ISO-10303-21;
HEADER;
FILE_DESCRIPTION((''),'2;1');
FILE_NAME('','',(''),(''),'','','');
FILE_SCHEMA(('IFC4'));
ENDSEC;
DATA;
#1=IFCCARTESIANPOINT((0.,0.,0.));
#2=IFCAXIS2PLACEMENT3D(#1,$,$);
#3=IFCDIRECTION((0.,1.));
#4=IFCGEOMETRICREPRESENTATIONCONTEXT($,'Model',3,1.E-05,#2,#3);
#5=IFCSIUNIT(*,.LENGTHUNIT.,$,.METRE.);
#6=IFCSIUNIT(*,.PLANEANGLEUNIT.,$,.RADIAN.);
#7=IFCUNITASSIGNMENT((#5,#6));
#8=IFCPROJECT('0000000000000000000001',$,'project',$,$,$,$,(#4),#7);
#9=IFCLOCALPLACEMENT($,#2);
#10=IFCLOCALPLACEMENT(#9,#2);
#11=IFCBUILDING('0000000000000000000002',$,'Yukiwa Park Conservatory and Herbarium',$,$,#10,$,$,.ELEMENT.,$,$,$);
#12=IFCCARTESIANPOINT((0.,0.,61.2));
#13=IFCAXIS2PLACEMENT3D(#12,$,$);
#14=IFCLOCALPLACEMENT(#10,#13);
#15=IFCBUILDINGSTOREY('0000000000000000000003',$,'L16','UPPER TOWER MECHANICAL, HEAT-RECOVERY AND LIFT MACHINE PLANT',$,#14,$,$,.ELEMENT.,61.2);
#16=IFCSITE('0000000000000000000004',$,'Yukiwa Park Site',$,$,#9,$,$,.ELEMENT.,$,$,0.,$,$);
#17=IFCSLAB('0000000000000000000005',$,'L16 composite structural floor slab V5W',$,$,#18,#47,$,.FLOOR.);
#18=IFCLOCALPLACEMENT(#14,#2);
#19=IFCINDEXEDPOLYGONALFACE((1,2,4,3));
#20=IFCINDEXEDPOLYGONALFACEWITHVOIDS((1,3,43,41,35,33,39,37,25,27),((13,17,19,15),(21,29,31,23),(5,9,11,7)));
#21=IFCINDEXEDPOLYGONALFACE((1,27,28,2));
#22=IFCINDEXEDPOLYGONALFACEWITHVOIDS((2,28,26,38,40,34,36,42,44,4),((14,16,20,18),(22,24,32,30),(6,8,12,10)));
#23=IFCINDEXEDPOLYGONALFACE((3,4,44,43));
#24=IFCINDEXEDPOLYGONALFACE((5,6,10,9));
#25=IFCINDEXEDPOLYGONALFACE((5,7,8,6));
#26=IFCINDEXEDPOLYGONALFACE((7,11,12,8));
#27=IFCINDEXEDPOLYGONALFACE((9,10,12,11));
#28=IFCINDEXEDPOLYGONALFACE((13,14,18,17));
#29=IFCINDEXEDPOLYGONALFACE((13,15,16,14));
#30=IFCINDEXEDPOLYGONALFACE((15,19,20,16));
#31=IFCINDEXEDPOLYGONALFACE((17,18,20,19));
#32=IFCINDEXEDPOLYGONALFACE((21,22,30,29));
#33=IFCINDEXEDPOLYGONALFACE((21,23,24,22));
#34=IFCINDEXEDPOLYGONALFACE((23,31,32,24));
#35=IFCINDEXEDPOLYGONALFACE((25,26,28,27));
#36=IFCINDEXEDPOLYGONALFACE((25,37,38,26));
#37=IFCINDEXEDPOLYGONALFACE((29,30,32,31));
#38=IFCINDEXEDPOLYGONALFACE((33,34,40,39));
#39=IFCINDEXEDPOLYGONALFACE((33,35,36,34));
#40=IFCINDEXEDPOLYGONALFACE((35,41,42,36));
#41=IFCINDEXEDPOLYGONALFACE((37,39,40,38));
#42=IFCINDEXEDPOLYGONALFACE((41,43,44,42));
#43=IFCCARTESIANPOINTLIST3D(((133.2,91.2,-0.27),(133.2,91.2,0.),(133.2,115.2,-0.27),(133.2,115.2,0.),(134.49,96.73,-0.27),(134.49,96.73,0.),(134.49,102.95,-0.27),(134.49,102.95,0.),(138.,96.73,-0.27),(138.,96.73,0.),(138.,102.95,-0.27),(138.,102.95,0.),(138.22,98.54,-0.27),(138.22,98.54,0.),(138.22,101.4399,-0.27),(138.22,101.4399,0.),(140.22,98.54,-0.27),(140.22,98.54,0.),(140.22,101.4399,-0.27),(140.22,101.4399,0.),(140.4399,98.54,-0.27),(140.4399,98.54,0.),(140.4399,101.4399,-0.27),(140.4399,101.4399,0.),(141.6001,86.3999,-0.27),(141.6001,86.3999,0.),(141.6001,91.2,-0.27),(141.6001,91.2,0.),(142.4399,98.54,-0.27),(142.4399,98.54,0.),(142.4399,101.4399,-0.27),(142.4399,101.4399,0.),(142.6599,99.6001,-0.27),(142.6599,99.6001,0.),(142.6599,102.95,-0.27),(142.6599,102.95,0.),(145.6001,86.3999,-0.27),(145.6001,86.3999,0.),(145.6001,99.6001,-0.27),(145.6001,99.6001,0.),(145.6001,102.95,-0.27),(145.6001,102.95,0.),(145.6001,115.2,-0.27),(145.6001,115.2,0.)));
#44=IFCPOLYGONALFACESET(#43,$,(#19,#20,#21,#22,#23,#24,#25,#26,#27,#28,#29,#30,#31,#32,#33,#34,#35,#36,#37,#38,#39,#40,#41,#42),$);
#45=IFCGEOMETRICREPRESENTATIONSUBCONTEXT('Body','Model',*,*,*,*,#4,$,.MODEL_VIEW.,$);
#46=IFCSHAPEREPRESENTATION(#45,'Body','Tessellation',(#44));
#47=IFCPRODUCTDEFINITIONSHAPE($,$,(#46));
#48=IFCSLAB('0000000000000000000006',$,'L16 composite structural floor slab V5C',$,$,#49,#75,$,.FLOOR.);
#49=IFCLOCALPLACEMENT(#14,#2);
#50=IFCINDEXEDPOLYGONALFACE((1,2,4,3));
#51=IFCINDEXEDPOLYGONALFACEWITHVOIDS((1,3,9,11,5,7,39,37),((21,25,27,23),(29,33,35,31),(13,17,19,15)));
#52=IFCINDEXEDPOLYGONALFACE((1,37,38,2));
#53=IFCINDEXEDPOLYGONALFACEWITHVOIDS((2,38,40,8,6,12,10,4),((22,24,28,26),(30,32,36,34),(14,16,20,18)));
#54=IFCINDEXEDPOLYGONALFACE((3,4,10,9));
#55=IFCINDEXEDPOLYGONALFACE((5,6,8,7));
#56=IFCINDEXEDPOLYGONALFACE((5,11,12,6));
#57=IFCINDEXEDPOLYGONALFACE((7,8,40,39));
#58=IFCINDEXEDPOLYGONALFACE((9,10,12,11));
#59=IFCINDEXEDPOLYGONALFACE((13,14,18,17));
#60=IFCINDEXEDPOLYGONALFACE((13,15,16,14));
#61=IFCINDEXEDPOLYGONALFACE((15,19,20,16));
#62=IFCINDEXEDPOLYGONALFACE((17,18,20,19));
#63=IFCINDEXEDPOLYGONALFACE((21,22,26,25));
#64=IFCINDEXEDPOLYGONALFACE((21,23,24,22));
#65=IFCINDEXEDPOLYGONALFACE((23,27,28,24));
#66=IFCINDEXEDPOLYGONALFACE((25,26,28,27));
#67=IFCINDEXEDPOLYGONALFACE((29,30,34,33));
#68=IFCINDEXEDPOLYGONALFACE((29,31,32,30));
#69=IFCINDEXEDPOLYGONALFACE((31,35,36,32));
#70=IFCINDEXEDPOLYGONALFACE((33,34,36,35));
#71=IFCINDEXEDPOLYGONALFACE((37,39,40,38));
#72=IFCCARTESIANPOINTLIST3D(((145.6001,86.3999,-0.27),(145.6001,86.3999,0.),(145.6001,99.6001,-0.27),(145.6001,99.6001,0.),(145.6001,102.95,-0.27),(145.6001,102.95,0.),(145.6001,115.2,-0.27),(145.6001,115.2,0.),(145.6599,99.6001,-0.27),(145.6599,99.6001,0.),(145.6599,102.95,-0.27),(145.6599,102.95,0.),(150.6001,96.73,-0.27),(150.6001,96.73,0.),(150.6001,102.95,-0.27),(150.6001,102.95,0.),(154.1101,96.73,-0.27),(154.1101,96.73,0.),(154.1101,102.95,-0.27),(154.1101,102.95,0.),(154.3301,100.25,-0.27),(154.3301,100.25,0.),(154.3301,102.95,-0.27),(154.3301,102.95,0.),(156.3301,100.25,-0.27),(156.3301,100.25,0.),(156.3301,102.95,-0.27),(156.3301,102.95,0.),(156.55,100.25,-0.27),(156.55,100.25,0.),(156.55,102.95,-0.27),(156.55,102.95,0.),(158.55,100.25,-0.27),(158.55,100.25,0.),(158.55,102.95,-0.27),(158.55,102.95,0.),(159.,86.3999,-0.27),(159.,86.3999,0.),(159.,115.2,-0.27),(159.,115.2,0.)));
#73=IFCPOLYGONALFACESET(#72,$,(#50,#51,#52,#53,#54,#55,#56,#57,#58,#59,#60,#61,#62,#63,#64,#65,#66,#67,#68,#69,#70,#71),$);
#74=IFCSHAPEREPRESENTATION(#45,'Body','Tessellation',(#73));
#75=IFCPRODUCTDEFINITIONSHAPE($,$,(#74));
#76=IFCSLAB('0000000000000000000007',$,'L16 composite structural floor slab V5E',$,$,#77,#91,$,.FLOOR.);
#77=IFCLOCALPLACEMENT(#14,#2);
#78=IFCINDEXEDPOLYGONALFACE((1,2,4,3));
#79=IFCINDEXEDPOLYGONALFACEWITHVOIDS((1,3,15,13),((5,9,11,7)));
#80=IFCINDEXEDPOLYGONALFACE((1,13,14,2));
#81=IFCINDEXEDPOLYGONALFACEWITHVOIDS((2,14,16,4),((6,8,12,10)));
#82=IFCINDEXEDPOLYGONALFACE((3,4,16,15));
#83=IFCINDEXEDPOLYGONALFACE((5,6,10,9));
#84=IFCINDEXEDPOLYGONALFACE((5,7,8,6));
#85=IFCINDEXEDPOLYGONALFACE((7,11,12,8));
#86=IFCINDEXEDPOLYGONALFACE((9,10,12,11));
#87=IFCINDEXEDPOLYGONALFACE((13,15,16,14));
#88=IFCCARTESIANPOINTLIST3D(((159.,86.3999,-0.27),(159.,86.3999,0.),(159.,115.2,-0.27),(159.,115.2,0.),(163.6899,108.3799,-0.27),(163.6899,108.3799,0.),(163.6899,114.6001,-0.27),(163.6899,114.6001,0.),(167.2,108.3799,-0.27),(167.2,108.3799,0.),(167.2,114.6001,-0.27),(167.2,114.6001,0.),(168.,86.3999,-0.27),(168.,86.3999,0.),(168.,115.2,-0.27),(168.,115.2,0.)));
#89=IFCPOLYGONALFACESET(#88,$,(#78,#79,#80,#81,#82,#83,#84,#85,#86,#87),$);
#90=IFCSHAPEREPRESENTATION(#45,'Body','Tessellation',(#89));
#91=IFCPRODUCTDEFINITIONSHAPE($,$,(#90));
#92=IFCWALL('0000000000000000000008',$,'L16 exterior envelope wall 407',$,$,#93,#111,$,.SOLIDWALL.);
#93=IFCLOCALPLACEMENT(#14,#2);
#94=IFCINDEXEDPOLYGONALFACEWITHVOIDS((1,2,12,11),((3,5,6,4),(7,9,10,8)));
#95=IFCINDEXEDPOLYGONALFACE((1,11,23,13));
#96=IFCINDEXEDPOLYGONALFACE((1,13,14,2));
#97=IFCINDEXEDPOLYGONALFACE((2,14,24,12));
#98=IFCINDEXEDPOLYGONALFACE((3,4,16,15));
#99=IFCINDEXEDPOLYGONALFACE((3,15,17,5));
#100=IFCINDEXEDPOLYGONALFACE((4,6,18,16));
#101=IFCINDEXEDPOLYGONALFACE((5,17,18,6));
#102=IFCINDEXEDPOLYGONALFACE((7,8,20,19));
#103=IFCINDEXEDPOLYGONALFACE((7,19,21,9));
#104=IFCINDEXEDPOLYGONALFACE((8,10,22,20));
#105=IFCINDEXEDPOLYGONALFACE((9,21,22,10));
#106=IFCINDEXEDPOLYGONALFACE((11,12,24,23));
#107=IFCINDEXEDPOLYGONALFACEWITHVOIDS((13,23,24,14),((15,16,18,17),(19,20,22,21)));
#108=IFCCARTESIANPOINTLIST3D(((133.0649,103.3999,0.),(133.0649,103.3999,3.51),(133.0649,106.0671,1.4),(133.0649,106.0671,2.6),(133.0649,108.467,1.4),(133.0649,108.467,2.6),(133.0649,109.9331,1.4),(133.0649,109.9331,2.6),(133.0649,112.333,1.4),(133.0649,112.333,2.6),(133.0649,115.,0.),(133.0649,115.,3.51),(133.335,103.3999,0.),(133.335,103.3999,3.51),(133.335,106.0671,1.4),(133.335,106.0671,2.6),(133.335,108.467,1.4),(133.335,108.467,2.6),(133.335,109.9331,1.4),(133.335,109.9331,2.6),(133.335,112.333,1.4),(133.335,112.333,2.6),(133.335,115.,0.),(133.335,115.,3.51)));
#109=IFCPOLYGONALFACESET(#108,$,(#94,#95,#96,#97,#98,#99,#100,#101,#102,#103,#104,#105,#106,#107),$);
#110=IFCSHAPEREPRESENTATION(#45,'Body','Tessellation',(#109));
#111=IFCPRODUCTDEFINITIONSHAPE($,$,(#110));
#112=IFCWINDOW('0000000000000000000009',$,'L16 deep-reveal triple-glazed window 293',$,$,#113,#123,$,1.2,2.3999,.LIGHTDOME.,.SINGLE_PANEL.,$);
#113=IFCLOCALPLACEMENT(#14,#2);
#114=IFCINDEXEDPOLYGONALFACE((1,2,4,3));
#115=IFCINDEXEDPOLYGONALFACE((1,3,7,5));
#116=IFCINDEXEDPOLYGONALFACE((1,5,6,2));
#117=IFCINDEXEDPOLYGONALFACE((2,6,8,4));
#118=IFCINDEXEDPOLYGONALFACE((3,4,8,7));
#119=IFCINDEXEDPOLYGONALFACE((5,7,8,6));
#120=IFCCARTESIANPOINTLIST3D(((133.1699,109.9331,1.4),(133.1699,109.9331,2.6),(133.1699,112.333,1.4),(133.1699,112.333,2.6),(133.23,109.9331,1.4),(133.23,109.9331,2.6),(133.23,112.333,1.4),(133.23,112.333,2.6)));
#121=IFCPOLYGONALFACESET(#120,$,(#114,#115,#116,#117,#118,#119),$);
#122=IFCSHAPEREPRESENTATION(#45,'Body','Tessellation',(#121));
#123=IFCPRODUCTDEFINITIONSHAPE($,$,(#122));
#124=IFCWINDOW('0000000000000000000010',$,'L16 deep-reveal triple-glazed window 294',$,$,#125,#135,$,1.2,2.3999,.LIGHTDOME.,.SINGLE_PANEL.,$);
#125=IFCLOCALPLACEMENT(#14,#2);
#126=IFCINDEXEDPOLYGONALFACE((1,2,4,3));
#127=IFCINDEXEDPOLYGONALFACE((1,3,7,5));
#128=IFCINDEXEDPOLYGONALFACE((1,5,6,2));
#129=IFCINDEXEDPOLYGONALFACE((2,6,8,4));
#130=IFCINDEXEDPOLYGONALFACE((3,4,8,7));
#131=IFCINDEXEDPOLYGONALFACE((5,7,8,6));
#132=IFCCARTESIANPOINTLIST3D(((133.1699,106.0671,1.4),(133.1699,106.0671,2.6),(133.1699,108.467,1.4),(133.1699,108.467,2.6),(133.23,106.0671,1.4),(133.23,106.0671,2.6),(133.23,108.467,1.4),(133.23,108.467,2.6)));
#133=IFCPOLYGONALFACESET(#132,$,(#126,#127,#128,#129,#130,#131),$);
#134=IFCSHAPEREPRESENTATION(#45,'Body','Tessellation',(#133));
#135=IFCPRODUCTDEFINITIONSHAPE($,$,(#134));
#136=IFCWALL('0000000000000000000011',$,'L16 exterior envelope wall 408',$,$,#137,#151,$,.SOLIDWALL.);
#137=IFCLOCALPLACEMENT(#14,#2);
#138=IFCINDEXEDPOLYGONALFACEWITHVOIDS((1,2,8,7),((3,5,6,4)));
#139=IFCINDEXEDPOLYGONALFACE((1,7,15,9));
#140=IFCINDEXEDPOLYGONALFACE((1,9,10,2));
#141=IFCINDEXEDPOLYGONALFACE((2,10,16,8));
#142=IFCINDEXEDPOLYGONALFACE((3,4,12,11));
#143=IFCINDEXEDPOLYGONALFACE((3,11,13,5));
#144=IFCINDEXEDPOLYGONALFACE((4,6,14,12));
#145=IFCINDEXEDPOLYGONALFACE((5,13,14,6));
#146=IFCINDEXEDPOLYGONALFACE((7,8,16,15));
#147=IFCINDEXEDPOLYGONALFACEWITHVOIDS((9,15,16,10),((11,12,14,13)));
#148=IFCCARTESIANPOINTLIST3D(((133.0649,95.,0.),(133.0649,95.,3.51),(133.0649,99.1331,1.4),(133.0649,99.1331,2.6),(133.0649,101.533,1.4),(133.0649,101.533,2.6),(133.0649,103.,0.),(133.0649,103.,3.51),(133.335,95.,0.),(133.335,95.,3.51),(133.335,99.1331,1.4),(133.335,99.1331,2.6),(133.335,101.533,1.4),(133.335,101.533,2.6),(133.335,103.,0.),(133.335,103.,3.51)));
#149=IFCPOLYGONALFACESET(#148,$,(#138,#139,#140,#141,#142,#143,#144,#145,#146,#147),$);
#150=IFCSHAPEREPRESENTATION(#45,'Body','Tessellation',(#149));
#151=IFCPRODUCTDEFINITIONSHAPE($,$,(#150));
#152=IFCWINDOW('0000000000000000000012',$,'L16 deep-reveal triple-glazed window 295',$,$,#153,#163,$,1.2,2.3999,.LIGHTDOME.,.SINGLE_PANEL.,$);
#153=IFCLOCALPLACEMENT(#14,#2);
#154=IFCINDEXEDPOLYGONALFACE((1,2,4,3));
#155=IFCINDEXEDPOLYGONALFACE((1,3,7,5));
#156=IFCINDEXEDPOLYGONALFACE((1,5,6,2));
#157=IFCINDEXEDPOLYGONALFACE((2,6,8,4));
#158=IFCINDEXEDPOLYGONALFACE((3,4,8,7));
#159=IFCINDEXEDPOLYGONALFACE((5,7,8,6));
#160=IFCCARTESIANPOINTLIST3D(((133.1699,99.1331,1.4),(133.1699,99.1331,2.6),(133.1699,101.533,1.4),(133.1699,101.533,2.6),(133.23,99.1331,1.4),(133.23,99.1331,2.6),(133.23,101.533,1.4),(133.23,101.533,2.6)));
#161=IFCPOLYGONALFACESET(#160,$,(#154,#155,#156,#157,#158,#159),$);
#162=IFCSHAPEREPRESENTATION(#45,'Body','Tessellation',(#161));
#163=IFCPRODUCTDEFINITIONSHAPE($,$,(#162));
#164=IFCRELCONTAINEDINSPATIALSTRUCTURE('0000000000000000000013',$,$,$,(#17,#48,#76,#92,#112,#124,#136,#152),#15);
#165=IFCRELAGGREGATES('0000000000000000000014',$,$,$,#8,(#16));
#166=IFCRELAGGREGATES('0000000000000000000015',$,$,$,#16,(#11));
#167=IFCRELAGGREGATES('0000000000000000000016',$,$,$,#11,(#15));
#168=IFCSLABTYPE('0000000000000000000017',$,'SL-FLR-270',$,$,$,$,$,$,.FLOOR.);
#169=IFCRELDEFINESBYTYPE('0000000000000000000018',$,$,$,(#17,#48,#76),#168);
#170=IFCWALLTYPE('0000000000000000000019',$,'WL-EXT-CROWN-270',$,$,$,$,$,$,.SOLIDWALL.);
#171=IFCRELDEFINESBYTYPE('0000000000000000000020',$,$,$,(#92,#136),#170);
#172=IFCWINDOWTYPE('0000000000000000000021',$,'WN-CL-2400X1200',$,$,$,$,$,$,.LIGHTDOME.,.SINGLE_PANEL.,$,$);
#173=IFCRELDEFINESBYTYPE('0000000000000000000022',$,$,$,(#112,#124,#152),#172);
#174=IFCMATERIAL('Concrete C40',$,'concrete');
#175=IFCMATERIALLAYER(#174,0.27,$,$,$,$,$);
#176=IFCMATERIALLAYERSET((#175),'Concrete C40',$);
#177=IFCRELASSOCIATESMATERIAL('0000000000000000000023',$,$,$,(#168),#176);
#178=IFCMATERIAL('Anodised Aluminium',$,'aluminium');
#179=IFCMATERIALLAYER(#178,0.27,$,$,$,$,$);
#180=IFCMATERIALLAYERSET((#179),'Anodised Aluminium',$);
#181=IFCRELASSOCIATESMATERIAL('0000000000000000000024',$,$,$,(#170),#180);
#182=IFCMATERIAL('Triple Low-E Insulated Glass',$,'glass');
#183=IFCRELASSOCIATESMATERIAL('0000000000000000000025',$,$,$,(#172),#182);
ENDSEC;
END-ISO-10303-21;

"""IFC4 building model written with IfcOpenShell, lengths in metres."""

from ifc_helpers import new_model, si_unit, direction, frame, frame_2d, origin, place, context, subcontext, project, spatial, polyline, rectangle, outline, extrude, material, layer, layer_set, type_object, element, fill, save


model = new_model("IFC4")

# Units and contexts
model_context = context("Model", 3, precision=1e-05, world=origin(), true_north=direction((0.0, 1.0)))
body_context = subcontext(model_context, "Body", "Model", "MODEL_VIEW")
ifc_project = project(units=[si_unit("LENGTHUNIT", "METRE"), si_unit("PLANEANGLEUNIT", "RADIAN")], contexts=[model_context])

# Site, building, storey
site_placement = place(None, origin())
site = spatial("IfcSite", under=ifc_project, at=site_placement, Name="Yukiwa Park Site", CompositionType="ELEMENT", RefElevation=0.0)
building_placement = place(site_placement, origin())
building = spatial("IfcBuilding", under=site, at=building_placement, Name="Yukiwa Park Conservatory and Herbarium", CompositionType="ELEMENT")
storey_placement = place(building_placement, frame((0.0, 0.0, 61.2)))
storey = spatial("IfcBuildingStorey", under=building, at=storey_placement, Name="L16", Description="UPPER TOWER MECHANICAL, HEAT-RECOVERY AND LIFT MACHINE PLANT", CompositionType="ELEMENT", Elevation=61.2)

# Slabs
ifc_material_1 = material(Name="Concrete C40", Category="concrete")
ifc_layer_1 = layer(ifc_material_1, 0.27)
ifc_layer_set_1 = layer_set([ifc_layer_1], Name="Concrete C40")
slab_type = type_object("IfcSlabType", Name="SL-FLR-270", PredefinedType="FLOOR", material=ifc_layer_set_1)
slab_1_placement = place(storey_placement, frame((0.0, 0.0, -0.27)))
element("IfcSlab", 1, at=slab_1_placement, inside=storey, type_object=slab_type, Name="L16 composite structural floor slab V5W", PredefinedType="FLOOR", context=body_context, shape_type="SweptSolid", body=[
    extrude(outline(polyline([(141.6001, 91.2), (133.2, 91.2), (133.2, 115.2), (145.6001, 115.2), (145.6001, 102.95), (142.6599, 102.95), (142.6599, 99.6001), (145.6001, 99.6001), (145.6001, 86.3999), (141.6001, 86.3999), (141.6001, 91.2)]), holes=[polyline([(134.49, 102.95), (134.49, 96.73), (138.0, 96.73), (138.0, 102.95), (134.49, 102.95)]), polyline([(138.22, 101.4399), (138.22, 98.54), (140.22, 98.54), (140.22, 101.4399), (138.22, 101.4399)]), polyline([(140.4399, 101.4399), (140.4399, 98.54), (142.4399, 98.54), (142.4399, 101.4399), (140.4399, 101.4399)])]), origin(), (0.0, 0.0, 1.0), 0.27),
])
slab_2_placement = place(storey_placement, frame((0.0, 0.0, -0.27)))
element("IfcSlab", 2, at=slab_2_placement, inside=storey, type_object=slab_type, Name="L16 composite structural floor slab V5C", PredefinedType="FLOOR", context=body_context, shape_type="SweptSolid", body=[
    extrude(outline(polyline([(145.6001, 99.6001), (145.6599, 99.6001), (145.6599, 102.95), (145.6001, 102.95), (145.6001, 115.2), (159.0, 115.2), (159.0, 86.3999), (145.6001, 86.3999), (145.6001, 99.6001)]), holes=[polyline([(150.6001, 102.95), (150.6001, 96.73), (154.1101, 96.73), (154.1101, 102.95), (150.6001, 102.95)]), polyline([(154.3301, 102.95), (154.3301, 100.25), (156.3301, 100.25), (156.3301, 102.95), (154.3301, 102.95)]), polyline([(156.55, 102.95), (156.55, 100.25), (158.55, 100.25), (158.55, 102.95), (156.55, 102.95)])]), origin(), (0.0, 0.0, 1.0), 0.27),
])
slab_3_placement = place(storey_placement, frame((0.0, 0.0, -0.27)))
element("IfcSlab", 3, at=slab_3_placement, inside=storey, type_object=slab_type, Name="L16 composite structural floor slab V5E", PredefinedType="FLOOR", context=body_context, shape_type="SweptSolid", body=[
    extrude(outline(polyline([(168.0, 86.3999), (159.0, 86.3999), (159.0, 115.2), (168.0, 115.2), (168.0, 86.3999)]), holes=[polyline([(163.6899, 114.6001), (163.6899, 108.3799), (167.2, 108.3799), (167.2, 114.6001), (163.6899, 114.6001)])]), origin(), (0.0, 0.0, 1.0), 0.27),
])

# Wall, openings, windows
ifc_material_2 = material(Name="Anodised Aluminium", Category="aluminium")
ifc_layer_2 = layer(ifc_material_2, 0.27)
ifc_layer_set_2 = layer_set([ifc_layer_2], Name="Anodised Aluminium")
wall_type = type_object("IfcWallType", Name="WL-EXT-CROWN-270", PredefinedType="SOLIDWALL", material=ifc_layer_set_2)
wall_1_placement = place(storey_placement, frame((133.2, 115.0, 0.0), z_axis=(0.0, 0.0, 1.0), x_axis=(0.0, -1.0, 0.0)))
wall_1 = element("IfcWall", 4, at=wall_1_placement, inside=storey, type_object=wall_type, Name="L16 exterior envelope wall 407", PredefinedType="SOLIDWALL", context=body_context, shape_type="SweptSolid", body=[
    extrude(rectangle(XDim=11.6001, YDim=0.27, at=frame_2d((5.8, 0.0))), origin(), (0.0, 0.0, 1.0), 3.51),
])
opening_1_placement = place(wall_1_placement, frame((2.667, 0.0, 1.3999)))
opening_1 = element("IfcOpeningElement", 5, at=opening_1_placement, cuts=wall_1, PredefinedType="OPENING", context=body_context, shape_type="SweptSolid", body=[
    extrude(rectangle(XDim=2.3999, YDim=1.2, at=frame_2d((1.2, 0.6001))), frame((0.0, 0.145, 0.0), z_axis=(0.0, -1.0, 0.0), x_axis=(1.0, 0.0, 0.0)), (0.0, 0.0, 1.0), 0.29),
])
opening_2_placement = place(wall_1_placement, frame((6.533, 0.0, 1.3999)))
opening_2 = element("IfcOpeningElement", 6, at=opening_2_placement, cuts=wall_1, PredefinedType="OPENING", context=body_context, shape_type="SweptSolid", body=[
    extrude(rectangle(XDim=2.3999, YDim=1.2, at=frame_2d((1.2, 0.6001))), frame((0.0, 0.145, 0.0), z_axis=(0.0, -1.0, 0.0), x_axis=(1.0, 0.0, 0.0)), (0.0, 0.0, 1.0), 0.29),
])
ifc_material_3 = material(Name="Triple Low-E Insulated Glass", Category="glass")
window_type = type_object("IfcWindowType", Name="WN-CL-2400X1200", PartitioningType="SINGLE_PANEL", PredefinedType="LIGHTDOME", material=ifc_material_3)
window_1_placement = place(opening_1_placement, origin())
window_1 = element("IfcWindow", 7, at=window_1_placement, inside=storey, type_object=window_type, Name="L16 deep-reveal triple-glazed window 293", OverallHeight=1.2, OverallWidth=2.3999, PartitioningType="SINGLE_PANEL", PredefinedType="LIGHTDOME", context=body_context, shape_type="SweptSolid", body=[
    extrude(rectangle(XDim=2.3999, YDim=1.2, at=frame_2d((1.2, 0.6001))), frame((0.0, 0.03, 0.0), z_axis=(0.0, -1.0, 0.0), x_axis=(1.0, 0.0, 0.0)), (0.0, 0.0, 1.0), 0.0601),
])
fill(opening_1, window_1)
window_2_placement = place(opening_2_placement, origin())
window_2 = element("IfcWindow", 8, at=window_2_placement, inside=storey, type_object=window_type, Name="L16 deep-reveal triple-glazed window 294", OverallHeight=1.2, OverallWidth=2.3999, PartitioningType="SINGLE_PANEL", PredefinedType="LIGHTDOME", context=body_context, shape_type="SweptSolid", body=[
    extrude(rectangle(XDim=2.3999, YDim=1.2, at=frame_2d((1.2, 0.6001))), frame((0.0, 0.03, 0.0), z_axis=(0.0, -1.0, 0.0), x_axis=(1.0, 0.0, 0.0)), (0.0, 0.0, 1.0), 0.0601),
])
fill(opening_2, window_2)

# Wall, opening, window
wall_2_placement = place(storey_placement, frame((133.2, 103.0, 0.0), z_axis=(0.0, 0.0, 1.0), x_axis=(0.0, -1.0, 0.0)))
wall_2 = element("IfcWall", 9, at=wall_2_placement, inside=storey, type_object=wall_type, Name="L16 exterior envelope wall 408", PredefinedType="SOLIDWALL", context=body_context, shape_type="SweptSolid", body=[
    extrude(rectangle(XDim=8.0, YDim=0.27, at=frame_2d((4.0, 0.0))), origin(), (0.0, 0.0, 1.0), 3.51),
])
opening_3_placement = place(wall_2_placement, frame((1.467, 0.0, 1.3999)))
opening_3 = element("IfcOpeningElement", 10, at=opening_3_placement, cuts=wall_2, PredefinedType="OPENING", context=body_context, shape_type="SweptSolid", body=[
    extrude(rectangle(XDim=2.3999, YDim=1.2, at=frame_2d((1.2, 0.6001))), frame((0.0, 0.145, 0.0), z_axis=(0.0, -1.0, 0.0), x_axis=(1.0, 0.0, 0.0)), (0.0, 0.0, 1.0), 0.29),
])
window_3_placement = place(opening_3_placement, origin())
window_3 = element("IfcWindow", 11, at=window_3_placement, inside=storey, type_object=window_type, Name="L16 deep-reveal triple-glazed window 295", OverallHeight=1.2, OverallWidth=2.3999, PartitioningType="SINGLE_PANEL", PredefinedType="LIGHTDOME", context=body_context, shape_type="SweptSolid", body=[
    extrude(rectangle(XDim=2.3999, YDim=1.2, at=frame_2d((1.2, 0.6001))), frame((0.0, 0.03, 0.0), z_axis=(0.0, -1.0, 0.0), x_axis=(1.0, 0.0, 0.0)), (0.0, 0.0, 1.0), 0.0601),
])
fill(opening_3, window_3)

save(model, "model.ifc")
